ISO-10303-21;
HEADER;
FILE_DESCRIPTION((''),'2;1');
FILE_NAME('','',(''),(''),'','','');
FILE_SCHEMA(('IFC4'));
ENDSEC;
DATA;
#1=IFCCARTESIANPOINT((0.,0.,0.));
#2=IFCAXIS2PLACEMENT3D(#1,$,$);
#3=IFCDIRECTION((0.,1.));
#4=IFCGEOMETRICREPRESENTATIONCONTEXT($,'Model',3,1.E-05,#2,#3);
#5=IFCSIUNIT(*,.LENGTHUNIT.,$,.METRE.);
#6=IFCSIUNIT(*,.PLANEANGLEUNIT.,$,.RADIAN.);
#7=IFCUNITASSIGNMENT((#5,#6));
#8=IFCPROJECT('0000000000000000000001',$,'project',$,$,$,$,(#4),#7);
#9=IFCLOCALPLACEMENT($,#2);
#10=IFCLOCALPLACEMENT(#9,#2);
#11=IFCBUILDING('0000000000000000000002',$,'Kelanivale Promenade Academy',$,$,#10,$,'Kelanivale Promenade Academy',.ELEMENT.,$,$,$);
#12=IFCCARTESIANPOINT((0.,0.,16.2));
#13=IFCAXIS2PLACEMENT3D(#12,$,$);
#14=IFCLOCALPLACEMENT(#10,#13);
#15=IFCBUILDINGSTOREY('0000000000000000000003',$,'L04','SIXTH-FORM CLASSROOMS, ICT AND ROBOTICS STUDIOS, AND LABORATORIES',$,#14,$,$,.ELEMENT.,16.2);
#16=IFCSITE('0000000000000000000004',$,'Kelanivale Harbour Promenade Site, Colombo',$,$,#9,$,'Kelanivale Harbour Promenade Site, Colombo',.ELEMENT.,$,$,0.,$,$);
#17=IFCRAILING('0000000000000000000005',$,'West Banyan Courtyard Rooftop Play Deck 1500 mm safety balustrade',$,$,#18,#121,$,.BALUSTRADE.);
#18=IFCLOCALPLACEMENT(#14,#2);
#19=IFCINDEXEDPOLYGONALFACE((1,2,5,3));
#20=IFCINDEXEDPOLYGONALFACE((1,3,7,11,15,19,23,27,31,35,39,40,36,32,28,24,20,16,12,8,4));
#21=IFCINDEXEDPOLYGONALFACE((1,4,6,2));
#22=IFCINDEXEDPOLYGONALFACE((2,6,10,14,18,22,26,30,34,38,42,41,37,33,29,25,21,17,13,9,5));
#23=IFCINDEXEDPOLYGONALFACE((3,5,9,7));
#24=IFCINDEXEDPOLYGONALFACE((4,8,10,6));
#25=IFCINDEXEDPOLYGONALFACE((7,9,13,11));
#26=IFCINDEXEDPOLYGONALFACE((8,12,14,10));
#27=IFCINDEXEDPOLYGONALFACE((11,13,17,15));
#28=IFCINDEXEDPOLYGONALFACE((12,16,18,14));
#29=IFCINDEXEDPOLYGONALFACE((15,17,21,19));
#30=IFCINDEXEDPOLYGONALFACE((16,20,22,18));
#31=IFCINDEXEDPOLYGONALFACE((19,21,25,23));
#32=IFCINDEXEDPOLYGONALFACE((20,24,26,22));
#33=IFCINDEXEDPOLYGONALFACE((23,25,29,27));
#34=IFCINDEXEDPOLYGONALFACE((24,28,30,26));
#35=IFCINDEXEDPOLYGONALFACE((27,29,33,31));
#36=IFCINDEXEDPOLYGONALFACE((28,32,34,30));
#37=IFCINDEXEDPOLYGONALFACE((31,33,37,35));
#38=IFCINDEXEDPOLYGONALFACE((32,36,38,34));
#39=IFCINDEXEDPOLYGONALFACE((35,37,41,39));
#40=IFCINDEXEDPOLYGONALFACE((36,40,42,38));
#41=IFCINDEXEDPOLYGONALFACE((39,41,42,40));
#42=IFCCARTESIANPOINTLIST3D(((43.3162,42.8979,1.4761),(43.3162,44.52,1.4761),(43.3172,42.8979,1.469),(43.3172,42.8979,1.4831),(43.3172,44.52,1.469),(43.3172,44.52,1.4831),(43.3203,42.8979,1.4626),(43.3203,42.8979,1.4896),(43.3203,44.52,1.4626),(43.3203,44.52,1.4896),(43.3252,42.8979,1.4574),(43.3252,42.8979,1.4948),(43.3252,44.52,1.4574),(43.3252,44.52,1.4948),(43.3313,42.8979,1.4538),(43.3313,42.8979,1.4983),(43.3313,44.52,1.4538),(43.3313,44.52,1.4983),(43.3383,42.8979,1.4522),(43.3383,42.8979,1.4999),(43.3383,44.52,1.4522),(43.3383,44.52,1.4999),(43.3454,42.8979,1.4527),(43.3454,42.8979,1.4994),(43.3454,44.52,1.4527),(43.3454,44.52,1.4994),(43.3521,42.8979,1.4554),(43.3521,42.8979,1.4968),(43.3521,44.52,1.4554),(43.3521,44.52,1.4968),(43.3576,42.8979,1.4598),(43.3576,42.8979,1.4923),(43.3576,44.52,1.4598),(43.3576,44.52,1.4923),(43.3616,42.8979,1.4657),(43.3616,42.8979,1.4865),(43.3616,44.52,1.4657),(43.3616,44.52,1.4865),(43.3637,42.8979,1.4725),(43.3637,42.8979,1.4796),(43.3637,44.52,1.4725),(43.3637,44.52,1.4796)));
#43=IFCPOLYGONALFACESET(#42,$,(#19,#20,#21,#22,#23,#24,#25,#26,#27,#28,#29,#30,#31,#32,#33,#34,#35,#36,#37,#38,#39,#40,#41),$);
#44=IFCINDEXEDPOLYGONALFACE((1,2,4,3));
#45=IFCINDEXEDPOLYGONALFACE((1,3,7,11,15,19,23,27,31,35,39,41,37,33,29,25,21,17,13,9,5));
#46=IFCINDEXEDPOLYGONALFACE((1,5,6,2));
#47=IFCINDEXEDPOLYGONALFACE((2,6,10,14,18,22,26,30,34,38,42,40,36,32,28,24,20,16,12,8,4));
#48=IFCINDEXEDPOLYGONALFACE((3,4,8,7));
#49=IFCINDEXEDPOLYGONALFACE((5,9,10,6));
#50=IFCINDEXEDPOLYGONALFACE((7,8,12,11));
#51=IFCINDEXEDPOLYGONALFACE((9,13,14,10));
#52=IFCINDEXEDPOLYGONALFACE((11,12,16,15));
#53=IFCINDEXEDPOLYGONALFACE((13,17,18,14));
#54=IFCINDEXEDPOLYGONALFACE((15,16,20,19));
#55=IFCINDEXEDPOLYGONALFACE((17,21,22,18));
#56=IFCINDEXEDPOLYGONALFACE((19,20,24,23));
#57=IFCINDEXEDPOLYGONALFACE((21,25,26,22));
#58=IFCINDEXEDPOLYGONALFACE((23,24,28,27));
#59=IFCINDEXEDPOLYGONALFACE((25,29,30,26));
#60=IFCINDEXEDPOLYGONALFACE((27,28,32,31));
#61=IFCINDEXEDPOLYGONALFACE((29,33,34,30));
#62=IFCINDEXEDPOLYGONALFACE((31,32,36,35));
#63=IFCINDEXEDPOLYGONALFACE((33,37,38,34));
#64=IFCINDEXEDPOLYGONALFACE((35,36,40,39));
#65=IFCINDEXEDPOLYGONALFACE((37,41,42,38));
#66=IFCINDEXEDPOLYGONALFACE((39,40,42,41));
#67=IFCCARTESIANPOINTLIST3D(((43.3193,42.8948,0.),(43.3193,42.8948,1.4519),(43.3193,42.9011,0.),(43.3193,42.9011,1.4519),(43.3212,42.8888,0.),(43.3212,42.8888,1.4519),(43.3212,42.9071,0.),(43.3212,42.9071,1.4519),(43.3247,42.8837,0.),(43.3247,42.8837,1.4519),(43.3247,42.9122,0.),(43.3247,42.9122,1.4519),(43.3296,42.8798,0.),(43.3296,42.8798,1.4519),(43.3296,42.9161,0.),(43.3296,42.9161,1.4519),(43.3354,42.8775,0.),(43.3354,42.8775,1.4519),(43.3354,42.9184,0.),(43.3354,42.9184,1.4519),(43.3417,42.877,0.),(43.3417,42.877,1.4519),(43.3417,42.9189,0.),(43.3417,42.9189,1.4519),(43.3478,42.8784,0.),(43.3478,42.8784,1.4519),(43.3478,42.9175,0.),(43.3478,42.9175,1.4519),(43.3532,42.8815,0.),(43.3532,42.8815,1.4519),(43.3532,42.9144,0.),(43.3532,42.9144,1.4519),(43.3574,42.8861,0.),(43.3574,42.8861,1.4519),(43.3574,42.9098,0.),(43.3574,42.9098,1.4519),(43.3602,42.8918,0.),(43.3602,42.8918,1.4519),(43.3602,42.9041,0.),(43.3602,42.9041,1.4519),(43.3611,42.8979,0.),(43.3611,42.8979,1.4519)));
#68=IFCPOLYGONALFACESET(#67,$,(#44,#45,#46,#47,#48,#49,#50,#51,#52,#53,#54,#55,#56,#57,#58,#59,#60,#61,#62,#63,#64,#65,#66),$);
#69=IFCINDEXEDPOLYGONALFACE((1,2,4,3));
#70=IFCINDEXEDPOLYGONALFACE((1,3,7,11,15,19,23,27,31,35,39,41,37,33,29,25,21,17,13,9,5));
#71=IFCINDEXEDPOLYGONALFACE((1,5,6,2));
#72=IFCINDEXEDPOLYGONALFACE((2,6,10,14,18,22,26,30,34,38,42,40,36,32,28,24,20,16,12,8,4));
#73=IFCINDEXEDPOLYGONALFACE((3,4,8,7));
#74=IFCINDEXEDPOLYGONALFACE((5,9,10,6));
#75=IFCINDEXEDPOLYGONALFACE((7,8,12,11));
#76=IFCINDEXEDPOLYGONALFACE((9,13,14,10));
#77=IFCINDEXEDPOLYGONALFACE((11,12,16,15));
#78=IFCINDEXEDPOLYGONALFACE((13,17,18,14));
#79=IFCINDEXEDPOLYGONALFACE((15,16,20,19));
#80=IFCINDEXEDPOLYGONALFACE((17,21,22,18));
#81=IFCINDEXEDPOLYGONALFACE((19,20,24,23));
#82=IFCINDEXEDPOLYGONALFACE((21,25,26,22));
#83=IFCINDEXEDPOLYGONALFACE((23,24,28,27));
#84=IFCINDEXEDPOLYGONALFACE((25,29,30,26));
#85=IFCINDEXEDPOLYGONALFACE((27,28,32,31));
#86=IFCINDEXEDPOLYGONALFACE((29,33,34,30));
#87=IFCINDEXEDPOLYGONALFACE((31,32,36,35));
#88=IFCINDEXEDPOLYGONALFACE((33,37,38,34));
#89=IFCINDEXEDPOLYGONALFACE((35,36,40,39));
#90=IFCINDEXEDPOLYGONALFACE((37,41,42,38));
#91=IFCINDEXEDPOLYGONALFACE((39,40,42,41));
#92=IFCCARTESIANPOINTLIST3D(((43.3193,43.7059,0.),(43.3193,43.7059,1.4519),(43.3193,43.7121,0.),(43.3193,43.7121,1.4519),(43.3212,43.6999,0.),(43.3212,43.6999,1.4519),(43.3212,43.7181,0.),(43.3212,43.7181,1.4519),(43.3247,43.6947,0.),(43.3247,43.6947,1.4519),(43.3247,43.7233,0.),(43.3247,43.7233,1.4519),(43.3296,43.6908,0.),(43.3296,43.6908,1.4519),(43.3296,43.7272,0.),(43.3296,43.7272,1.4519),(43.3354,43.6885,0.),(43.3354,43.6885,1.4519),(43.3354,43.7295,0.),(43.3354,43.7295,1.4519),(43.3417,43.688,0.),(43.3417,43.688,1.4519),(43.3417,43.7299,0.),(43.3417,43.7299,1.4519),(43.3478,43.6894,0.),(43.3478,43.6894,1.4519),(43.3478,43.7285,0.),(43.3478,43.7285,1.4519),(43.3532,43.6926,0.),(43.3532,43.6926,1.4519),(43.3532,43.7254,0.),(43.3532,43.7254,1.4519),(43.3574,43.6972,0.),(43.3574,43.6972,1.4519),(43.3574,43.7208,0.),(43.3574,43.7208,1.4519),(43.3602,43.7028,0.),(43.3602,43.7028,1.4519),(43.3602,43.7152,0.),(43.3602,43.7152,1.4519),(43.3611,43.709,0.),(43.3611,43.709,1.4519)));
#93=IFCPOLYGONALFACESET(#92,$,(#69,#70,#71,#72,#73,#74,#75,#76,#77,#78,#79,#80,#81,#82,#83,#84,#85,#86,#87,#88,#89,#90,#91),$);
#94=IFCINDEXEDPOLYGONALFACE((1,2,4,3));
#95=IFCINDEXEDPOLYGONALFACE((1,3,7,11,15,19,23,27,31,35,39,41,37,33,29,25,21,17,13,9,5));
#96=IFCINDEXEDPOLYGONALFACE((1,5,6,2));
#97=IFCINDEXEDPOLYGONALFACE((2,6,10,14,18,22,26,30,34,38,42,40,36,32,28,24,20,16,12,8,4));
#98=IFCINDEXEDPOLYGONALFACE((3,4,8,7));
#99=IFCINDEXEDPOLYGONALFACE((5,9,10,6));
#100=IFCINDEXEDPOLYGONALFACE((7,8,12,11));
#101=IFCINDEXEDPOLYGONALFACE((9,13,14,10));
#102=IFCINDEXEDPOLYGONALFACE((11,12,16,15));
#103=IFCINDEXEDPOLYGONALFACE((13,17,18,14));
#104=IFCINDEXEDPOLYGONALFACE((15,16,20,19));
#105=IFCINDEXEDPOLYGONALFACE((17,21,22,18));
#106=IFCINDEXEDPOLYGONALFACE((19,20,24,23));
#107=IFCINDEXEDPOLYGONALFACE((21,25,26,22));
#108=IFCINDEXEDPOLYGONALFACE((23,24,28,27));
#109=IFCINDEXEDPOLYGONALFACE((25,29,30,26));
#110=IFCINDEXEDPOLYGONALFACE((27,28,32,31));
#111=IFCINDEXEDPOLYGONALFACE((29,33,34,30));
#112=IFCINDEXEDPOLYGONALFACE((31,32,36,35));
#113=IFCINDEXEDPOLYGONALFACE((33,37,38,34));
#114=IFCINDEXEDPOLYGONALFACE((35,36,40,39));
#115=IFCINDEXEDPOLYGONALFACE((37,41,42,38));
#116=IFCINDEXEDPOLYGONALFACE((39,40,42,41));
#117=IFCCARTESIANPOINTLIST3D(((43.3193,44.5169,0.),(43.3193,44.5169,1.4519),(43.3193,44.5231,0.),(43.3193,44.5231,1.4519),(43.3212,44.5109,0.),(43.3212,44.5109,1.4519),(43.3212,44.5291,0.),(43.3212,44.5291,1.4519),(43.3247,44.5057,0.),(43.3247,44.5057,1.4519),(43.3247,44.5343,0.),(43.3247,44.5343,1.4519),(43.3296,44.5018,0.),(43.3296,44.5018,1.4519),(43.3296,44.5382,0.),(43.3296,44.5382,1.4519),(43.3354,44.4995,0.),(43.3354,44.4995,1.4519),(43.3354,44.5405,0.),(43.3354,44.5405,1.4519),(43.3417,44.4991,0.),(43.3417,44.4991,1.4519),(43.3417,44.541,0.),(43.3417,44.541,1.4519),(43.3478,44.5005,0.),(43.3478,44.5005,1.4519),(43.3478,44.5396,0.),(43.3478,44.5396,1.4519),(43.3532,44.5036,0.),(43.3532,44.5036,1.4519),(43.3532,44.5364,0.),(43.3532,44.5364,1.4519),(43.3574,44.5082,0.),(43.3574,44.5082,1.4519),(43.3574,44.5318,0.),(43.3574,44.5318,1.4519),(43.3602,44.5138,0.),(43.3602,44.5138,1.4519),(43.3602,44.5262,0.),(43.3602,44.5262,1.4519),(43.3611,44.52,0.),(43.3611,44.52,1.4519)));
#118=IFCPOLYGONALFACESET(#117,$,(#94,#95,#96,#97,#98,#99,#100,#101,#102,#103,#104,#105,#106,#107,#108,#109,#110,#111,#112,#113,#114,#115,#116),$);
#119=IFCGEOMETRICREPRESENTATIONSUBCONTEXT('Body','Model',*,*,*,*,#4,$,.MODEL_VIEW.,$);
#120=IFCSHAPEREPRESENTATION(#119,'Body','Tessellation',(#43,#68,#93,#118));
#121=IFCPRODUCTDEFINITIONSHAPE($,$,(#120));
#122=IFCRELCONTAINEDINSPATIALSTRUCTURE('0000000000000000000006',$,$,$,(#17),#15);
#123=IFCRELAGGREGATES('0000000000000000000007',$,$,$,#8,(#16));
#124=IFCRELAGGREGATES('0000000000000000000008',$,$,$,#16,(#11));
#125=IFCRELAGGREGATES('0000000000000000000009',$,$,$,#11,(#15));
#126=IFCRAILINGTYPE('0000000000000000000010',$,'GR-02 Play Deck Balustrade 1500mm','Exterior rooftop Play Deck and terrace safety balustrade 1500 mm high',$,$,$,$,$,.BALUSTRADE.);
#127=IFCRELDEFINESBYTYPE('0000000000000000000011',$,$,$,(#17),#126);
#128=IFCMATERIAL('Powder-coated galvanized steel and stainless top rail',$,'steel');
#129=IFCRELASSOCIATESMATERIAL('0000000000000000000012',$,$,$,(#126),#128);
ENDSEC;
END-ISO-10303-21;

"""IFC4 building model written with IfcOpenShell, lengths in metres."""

from ifc_helpers import new_model, si_unit, direction, frame, origin, origin_2d, place, context, subcontext, project, spatial, circle, extrude, material, type_object, element, save


model = new_model("IFC4")

# Units and contexts
model_context = context("Model", 3, precision=1e-05, world=origin(), true_north=direction((0.0, 1.0)))
body_context = subcontext(model_context, "Body", "Model", "MODEL_VIEW")
ifc_project = project(units=[si_unit("LENGTHUNIT", "METRE"), si_unit("PLANEANGLEUNIT", "RADIAN")], contexts=[model_context])

# Site, building, storey
site_placement = place(None, origin())
site = spatial("IfcSite", under=ifc_project, at=site_placement, Name="Kelanivale Harbour Promenade Site, Colombo", LongName="Kelanivale Harbour Promenade Site, Colombo", CompositionType="ELEMENT", RefElevation=0.0)
building_placement = place(site_placement, origin())
building = spatial("IfcBuilding", under=site, at=building_placement, Name="Kelanivale Promenade Academy", LongName="Kelanivale Promenade Academy", CompositionType="ELEMENT")
storey_placement = place(building_placement, frame((0.0, 0.0, 16.2)))
storey = spatial("IfcBuildingStorey", under=building, at=storey_placement, Name="L04", Description="SIXTH-FORM CLASSROOMS, ICT AND ROBOTICS STUDIOS, AND LABORATORIES", CompositionType="ELEMENT", Elevation=16.2)

# Railing
ifc_material_1 = material(Name="Powder-coated galvanized steel and stainless top rail", Category="steel")
railing_type = type_object("IfcRailingType", Name="GR-02 Play Deck Balustrade 1500mm", Description="Exterior rooftop Play Deck and terrace safety balustrade 1500 mm high", PredefinedType="BALUSTRADE", material=ifc_material_1)
railing_placement = place(storey_placement, frame((43.3401, 42.8979, 0.0)))
element("IfcRailing", 1, at=railing_placement, inside=storey, type_object=railing_type, Name="West Banyan Courtyard Rooftop Play Deck 1500 mm safety balustrade", PredefinedType="BALUSTRADE", context=body_context, shape_type="SweptSolid", body=[
    extrude(circle(Radius=0.0239, at=origin_2d()), frame((0.0, 0.0, 1.4761), z_axis=(0.0, 1.0, 0.0), x_axis=(-1.0, 0.0, 0.0)), (0.0, 0.0, 1.0), 1.6221),
    extrude(circle(Radius=0.021, at=origin_2d()), origin(), (0.0, 0.0, 1.0), 1.4519),
    extrude(circle(Radius=0.021, at=origin_2d()), frame((0.0, 0.811, 0.0)), (0.0, 0.0, 1.0), 1.4519),
    extrude(circle(Radius=0.021, at=origin_2d()), frame((0.0, 1.6221, 0.0)), (0.0, 0.0, 1.0), 1.4519),
])

save(model, "model.ifc")
